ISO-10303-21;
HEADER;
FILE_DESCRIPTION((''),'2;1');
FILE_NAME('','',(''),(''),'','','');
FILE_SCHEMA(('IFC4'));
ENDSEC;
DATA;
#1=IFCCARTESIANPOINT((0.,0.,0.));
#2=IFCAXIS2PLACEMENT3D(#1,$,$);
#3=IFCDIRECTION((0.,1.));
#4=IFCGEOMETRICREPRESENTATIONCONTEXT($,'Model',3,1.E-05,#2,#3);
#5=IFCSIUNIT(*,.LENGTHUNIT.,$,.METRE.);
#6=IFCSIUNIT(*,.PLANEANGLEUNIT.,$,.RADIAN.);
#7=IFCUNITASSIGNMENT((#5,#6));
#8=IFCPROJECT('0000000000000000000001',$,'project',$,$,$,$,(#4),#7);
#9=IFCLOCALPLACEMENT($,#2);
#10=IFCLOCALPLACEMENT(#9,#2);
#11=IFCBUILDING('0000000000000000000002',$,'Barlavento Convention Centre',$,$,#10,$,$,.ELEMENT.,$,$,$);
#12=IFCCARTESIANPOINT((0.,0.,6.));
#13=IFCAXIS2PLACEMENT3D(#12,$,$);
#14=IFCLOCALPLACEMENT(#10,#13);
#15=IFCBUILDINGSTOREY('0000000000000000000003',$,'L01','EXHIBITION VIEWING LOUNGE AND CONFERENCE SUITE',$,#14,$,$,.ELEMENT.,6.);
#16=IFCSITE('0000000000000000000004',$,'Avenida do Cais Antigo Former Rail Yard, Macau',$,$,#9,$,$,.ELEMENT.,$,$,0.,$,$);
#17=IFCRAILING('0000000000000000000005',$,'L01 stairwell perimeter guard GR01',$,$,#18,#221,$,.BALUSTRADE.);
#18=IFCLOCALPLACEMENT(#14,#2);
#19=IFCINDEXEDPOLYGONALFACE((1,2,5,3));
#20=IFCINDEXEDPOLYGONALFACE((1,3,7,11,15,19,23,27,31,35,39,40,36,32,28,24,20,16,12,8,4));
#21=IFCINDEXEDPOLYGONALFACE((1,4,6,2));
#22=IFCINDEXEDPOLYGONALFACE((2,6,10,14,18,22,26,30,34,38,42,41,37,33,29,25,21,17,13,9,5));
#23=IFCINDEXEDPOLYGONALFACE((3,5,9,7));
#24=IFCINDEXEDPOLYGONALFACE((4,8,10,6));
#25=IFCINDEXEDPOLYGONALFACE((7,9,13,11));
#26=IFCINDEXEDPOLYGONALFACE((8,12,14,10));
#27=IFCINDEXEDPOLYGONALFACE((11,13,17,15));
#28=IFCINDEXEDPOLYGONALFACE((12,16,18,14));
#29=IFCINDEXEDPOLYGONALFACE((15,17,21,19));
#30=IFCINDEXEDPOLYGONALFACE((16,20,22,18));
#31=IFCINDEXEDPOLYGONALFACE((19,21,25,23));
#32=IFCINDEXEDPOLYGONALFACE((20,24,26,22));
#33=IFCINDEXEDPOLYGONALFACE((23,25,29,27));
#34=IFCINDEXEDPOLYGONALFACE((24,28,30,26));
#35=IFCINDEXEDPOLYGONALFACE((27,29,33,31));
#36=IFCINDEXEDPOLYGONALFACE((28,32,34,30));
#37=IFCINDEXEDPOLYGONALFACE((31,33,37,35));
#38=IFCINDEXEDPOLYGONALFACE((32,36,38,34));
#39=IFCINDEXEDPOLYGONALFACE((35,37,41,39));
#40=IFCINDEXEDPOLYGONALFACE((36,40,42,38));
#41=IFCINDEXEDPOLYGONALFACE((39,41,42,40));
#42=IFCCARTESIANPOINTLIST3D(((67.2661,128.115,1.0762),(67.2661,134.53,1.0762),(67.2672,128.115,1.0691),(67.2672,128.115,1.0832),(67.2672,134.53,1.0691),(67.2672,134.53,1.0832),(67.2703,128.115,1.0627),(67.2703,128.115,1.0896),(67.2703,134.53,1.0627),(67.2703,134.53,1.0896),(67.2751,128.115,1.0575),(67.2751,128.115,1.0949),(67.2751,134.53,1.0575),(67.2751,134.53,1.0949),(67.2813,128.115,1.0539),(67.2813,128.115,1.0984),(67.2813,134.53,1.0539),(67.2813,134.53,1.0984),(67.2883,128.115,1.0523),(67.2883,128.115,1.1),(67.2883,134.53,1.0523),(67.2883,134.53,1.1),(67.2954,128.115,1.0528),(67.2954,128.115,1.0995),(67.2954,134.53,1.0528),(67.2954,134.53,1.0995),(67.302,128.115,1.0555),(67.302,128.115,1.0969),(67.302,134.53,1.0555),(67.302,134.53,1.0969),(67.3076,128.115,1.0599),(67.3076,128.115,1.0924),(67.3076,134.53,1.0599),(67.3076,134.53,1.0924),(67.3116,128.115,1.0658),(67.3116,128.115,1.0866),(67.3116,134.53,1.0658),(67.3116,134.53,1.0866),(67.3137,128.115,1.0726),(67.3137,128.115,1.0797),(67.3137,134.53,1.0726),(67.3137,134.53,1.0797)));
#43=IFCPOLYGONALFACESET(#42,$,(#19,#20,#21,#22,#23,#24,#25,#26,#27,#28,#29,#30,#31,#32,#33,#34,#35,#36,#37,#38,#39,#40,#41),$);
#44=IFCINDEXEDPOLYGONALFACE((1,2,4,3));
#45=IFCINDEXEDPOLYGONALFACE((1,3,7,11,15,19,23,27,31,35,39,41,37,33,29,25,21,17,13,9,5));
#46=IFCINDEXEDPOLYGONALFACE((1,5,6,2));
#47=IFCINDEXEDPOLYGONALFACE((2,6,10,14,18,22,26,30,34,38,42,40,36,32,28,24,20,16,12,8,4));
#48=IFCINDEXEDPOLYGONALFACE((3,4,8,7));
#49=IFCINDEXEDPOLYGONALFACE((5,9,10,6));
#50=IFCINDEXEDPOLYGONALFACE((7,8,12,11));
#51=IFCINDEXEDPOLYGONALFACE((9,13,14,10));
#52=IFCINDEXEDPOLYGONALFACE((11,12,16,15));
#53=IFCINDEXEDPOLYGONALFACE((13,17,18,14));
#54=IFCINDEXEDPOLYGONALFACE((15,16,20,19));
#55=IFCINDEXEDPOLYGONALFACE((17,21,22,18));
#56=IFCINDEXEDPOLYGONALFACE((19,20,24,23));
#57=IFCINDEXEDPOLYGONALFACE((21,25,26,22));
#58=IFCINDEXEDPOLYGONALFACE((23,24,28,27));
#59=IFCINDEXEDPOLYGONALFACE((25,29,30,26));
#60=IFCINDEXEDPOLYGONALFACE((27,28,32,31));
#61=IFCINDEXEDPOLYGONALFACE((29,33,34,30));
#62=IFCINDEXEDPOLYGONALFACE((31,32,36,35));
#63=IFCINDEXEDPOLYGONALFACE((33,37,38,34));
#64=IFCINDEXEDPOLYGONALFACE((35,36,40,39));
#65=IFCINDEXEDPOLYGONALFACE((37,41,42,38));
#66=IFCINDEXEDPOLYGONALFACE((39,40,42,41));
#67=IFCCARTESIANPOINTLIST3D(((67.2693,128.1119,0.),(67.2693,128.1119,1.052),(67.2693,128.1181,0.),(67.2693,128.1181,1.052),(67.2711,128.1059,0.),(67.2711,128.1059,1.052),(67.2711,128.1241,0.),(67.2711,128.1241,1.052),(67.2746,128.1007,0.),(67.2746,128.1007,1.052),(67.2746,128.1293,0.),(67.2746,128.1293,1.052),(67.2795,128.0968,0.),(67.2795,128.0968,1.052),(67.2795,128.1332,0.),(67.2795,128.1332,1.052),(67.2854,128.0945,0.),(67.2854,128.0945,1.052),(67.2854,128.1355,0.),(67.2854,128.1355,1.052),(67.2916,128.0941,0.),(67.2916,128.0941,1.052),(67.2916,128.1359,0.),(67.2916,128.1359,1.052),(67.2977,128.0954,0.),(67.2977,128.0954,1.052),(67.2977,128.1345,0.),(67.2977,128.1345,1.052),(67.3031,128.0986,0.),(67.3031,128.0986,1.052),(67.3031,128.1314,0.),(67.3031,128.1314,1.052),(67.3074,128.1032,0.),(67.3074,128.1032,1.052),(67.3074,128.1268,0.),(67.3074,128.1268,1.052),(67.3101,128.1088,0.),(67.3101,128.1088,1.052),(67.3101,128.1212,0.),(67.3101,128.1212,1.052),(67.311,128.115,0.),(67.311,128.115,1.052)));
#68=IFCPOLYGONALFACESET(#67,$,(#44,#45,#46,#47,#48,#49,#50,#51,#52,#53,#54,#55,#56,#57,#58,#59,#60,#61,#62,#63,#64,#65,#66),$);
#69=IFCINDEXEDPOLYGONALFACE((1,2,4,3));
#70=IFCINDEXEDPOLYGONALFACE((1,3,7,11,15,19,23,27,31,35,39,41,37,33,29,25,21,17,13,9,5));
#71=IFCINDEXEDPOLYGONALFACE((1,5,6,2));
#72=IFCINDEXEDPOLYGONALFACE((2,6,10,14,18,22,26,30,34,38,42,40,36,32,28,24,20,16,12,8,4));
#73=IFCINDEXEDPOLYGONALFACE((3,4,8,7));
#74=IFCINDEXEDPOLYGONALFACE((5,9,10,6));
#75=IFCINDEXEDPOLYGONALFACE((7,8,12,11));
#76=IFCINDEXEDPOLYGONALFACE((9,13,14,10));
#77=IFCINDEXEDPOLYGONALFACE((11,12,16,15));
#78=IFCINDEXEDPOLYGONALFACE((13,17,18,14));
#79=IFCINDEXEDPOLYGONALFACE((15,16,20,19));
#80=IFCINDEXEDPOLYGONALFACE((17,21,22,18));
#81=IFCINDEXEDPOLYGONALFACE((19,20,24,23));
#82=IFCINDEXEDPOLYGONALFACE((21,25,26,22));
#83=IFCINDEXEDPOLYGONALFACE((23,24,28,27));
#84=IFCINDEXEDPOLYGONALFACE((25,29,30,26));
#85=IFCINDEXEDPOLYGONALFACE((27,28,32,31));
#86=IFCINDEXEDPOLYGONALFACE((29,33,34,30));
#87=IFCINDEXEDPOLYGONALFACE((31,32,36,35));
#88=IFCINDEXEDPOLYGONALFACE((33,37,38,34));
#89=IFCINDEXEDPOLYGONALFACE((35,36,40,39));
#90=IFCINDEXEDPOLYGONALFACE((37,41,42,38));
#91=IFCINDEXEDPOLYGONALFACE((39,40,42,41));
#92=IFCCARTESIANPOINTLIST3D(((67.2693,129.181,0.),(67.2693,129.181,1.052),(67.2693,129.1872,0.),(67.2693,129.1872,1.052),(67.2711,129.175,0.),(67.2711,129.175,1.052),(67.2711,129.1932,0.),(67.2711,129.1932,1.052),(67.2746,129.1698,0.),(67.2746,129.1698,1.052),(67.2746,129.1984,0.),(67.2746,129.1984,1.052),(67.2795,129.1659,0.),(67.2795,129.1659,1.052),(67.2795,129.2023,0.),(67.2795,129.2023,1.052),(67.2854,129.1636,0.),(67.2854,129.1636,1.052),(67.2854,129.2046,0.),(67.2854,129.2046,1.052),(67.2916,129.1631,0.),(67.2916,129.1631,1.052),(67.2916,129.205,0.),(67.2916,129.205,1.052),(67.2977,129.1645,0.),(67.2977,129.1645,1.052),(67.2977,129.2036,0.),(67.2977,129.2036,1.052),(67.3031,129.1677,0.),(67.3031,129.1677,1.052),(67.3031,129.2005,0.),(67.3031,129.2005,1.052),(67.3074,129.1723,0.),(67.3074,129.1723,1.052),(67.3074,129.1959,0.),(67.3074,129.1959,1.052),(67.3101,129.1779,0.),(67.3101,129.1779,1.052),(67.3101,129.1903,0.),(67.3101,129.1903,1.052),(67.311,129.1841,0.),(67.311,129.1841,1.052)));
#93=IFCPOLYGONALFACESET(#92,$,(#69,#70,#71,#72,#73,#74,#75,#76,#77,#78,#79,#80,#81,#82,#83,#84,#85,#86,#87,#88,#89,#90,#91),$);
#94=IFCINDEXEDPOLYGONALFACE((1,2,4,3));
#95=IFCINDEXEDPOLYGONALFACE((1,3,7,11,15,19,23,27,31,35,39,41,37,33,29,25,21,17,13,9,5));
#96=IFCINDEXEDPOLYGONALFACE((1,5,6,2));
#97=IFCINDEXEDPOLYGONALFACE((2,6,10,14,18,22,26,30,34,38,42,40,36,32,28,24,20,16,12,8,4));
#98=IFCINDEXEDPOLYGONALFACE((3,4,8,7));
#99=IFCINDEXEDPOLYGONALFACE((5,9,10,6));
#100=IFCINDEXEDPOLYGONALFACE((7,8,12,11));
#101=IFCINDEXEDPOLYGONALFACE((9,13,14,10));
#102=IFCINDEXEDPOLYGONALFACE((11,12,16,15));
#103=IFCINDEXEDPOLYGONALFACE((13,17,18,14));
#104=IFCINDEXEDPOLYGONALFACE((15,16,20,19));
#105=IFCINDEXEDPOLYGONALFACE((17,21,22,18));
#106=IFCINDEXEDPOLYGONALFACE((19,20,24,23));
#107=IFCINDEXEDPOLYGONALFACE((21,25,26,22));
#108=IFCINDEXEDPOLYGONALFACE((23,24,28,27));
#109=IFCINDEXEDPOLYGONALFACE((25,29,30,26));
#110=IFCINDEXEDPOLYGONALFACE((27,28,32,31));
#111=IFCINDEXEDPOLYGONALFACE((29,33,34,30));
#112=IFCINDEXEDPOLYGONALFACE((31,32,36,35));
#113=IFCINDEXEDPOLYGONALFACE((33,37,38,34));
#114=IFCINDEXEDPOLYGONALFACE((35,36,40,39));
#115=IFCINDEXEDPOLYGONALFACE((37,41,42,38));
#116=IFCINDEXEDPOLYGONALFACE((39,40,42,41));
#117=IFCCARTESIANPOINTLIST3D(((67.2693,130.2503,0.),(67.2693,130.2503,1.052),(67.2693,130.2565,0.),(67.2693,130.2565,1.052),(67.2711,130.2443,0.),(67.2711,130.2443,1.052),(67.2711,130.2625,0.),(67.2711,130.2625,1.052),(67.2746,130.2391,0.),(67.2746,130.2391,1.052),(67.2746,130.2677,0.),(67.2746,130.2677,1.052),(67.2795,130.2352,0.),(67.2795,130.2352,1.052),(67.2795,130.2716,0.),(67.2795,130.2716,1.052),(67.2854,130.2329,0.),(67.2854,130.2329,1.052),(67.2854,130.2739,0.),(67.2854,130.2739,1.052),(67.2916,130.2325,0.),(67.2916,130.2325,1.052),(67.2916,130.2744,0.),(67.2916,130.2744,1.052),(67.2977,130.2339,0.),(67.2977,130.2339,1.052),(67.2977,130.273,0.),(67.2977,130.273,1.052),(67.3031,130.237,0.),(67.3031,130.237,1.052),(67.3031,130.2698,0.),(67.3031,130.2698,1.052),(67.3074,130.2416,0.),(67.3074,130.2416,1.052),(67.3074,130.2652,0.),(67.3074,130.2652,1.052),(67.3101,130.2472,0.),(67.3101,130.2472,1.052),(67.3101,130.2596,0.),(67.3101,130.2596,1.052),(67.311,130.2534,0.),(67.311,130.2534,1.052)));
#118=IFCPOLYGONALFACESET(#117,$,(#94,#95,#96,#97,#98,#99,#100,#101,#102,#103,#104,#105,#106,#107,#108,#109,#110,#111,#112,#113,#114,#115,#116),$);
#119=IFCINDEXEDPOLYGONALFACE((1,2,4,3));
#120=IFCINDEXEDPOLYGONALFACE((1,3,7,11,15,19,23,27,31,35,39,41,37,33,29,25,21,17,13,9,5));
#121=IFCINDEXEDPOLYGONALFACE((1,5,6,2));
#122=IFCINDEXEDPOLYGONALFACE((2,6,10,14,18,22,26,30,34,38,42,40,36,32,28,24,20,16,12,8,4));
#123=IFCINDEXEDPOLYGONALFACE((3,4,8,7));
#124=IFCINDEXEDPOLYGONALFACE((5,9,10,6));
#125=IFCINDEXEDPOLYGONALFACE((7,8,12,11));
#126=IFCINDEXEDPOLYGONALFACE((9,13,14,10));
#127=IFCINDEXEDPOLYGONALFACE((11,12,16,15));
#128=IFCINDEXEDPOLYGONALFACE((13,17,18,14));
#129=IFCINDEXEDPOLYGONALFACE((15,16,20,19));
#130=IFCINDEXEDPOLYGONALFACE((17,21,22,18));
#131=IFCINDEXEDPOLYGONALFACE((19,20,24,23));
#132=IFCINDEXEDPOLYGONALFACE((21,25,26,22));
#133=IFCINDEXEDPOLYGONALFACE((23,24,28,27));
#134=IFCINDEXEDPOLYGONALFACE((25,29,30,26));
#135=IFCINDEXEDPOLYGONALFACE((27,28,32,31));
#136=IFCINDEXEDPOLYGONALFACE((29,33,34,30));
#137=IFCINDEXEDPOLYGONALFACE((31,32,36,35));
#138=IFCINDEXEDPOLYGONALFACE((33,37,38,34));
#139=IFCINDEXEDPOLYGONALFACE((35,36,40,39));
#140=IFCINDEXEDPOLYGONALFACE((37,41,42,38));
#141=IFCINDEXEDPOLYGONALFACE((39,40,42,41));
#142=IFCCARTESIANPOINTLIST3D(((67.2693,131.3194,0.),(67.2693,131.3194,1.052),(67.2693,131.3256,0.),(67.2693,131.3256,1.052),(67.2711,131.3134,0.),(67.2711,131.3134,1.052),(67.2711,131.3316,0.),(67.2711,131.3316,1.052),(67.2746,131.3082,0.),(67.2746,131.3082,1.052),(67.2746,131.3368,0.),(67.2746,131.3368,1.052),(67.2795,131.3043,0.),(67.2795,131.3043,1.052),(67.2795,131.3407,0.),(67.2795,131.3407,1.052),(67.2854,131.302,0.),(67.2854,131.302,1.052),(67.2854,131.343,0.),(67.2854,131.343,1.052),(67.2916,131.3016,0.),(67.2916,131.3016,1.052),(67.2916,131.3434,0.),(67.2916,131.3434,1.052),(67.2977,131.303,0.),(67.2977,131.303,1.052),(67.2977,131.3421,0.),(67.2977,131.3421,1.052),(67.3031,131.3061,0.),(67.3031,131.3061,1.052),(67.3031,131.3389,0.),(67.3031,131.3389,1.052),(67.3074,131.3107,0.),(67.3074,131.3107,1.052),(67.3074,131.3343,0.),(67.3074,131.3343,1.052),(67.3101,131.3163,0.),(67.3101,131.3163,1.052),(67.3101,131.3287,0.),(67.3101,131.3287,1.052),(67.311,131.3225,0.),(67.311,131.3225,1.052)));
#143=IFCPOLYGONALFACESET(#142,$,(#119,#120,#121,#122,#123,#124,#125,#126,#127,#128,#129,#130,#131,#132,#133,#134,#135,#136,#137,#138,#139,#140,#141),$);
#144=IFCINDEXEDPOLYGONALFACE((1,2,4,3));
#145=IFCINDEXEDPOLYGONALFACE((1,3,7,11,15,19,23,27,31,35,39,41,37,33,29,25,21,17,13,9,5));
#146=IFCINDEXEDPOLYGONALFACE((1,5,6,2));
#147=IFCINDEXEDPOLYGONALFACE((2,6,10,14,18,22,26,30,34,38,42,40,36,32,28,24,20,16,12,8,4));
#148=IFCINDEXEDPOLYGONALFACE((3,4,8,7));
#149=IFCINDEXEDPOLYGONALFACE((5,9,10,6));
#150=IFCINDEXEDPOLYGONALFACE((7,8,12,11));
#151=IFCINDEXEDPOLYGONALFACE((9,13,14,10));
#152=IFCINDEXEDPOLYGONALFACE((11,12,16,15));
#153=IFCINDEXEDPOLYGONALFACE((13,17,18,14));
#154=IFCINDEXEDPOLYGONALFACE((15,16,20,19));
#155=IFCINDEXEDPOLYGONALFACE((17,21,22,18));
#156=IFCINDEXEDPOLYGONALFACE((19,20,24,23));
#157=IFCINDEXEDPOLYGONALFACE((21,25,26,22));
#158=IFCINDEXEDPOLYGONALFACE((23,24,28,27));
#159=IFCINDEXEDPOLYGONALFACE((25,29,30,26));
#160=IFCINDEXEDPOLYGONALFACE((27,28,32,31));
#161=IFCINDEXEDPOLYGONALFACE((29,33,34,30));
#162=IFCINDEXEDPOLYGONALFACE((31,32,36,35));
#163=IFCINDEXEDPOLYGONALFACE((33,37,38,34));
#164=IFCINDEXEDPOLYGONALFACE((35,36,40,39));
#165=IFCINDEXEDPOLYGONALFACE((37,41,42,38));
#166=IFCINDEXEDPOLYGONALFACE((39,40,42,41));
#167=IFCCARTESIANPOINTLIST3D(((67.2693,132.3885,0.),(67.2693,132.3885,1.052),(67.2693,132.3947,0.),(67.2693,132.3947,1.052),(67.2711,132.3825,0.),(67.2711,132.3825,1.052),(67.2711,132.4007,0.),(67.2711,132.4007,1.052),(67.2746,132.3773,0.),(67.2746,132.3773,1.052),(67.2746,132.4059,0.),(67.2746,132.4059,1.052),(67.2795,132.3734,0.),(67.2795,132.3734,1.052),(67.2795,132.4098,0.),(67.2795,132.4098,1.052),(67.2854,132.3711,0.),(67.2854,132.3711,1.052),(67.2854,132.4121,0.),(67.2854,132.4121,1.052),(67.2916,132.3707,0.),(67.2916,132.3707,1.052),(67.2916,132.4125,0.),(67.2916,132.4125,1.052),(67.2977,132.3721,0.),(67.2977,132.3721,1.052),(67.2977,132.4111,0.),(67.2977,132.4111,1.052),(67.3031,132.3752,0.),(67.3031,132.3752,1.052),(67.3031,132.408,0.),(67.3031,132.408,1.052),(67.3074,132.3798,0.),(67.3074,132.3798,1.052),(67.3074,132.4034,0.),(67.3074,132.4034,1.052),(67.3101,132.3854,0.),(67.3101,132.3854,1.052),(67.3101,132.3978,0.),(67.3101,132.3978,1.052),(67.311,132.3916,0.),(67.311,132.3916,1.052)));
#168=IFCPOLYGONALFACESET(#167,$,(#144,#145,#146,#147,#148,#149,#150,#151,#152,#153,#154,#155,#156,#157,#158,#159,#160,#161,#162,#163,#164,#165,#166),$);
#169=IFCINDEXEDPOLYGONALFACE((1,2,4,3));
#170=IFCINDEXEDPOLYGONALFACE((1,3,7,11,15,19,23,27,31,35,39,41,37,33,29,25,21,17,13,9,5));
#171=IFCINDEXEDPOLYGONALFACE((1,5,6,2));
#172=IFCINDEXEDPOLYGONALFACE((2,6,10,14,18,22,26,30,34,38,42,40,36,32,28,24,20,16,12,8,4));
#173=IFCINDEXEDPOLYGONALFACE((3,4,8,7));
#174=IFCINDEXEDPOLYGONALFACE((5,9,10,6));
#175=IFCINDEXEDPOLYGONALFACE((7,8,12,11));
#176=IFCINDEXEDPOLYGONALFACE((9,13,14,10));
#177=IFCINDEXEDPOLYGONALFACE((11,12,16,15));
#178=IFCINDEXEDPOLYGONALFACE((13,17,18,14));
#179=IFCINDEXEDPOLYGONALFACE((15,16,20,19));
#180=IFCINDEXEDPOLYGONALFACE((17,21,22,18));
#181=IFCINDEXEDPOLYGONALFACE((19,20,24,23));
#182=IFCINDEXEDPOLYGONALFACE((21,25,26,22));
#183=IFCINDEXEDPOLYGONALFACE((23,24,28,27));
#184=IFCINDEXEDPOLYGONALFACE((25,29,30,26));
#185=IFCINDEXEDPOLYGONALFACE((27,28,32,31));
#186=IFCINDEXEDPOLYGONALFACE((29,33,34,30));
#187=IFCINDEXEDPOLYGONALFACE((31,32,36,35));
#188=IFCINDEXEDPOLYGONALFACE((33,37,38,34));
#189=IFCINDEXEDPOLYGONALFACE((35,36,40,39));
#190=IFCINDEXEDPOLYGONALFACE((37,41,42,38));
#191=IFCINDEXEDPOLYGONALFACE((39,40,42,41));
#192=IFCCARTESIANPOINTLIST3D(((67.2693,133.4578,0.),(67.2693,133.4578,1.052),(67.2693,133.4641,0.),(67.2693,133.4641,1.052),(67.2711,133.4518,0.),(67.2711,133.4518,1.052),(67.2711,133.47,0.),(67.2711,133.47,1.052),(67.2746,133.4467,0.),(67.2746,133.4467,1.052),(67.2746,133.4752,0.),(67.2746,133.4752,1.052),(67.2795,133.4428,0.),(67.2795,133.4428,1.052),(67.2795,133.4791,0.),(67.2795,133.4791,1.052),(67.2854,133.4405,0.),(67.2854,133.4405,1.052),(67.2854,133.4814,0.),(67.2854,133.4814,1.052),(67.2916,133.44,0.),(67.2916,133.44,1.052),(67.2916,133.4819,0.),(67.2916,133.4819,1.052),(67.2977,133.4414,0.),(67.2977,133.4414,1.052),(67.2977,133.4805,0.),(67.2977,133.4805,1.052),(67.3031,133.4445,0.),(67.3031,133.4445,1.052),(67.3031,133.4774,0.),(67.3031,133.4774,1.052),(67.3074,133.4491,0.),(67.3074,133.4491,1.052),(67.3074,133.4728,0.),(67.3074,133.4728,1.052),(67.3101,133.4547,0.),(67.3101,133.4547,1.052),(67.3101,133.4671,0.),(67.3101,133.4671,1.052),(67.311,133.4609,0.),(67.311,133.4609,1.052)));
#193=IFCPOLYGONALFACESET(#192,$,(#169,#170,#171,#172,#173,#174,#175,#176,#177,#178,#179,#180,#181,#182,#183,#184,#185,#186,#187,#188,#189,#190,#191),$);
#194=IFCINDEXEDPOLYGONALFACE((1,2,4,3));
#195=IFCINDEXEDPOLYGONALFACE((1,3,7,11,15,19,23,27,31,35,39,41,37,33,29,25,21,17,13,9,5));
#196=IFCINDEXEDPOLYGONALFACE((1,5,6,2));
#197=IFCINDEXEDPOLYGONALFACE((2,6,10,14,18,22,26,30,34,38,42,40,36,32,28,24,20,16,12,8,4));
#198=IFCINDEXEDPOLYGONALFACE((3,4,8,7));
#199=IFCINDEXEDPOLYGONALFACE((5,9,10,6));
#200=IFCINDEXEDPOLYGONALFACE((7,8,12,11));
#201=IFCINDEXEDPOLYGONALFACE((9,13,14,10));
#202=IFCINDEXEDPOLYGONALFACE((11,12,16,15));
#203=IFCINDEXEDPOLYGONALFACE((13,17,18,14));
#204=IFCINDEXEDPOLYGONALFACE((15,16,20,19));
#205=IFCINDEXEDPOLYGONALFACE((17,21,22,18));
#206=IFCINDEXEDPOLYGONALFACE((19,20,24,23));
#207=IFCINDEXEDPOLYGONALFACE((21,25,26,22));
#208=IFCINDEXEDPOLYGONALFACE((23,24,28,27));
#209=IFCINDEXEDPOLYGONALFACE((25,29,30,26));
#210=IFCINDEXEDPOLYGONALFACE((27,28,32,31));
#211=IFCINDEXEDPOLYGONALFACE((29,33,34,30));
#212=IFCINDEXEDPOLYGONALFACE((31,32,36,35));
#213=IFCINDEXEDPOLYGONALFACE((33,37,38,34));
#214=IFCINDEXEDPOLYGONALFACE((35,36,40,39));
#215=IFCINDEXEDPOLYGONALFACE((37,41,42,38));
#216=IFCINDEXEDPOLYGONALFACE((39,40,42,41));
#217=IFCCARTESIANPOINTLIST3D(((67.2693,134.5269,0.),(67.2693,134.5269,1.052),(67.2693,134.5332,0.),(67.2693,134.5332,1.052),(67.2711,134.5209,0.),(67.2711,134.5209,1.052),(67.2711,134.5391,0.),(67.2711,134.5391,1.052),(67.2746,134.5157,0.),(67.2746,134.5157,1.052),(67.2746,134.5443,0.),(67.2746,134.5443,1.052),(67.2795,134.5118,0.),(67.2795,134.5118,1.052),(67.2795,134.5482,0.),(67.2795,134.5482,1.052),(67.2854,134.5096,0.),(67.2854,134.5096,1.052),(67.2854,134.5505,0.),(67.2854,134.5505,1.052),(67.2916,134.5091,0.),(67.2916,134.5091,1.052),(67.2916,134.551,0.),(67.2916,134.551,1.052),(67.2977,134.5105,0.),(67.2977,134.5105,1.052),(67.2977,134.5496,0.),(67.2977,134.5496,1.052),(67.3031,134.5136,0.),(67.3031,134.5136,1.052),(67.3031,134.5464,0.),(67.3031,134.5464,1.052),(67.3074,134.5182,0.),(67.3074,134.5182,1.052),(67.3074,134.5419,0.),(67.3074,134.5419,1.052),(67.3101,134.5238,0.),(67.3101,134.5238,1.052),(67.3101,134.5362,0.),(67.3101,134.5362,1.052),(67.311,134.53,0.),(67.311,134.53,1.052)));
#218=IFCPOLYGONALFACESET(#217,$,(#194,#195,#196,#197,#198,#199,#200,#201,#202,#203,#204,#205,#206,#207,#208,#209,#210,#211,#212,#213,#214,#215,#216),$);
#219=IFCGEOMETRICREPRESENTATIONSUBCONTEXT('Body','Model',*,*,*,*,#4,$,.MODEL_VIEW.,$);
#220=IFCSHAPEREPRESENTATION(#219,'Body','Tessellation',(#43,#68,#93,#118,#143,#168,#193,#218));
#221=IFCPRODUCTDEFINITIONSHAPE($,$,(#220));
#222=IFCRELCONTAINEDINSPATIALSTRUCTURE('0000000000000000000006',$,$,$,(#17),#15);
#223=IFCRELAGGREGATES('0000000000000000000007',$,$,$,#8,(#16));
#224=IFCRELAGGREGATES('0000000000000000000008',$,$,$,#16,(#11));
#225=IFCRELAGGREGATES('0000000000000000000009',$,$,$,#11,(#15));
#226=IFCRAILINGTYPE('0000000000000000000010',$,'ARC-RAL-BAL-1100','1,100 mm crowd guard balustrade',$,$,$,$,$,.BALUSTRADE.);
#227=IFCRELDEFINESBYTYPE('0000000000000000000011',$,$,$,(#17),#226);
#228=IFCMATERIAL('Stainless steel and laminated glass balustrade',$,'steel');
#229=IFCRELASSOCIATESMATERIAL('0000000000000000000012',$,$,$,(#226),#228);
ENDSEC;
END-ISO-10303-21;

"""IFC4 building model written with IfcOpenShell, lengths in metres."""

from ifc_helpers import new_model, si_unit, direction, frame, origin, origin_2d, place, context, subcontext, project, spatial, circle, extrude, material, type_object, element, save


model = new_model("IFC4")

# Units and contexts
model_context = context("Model", 3, precision=1e-05, world=origin(), true_north=direction((0.0, 1.0)))
body_context = subcontext(model_context, "Body", "Model", "MODEL_VIEW")
ifc_project = project(units=[si_unit("LENGTHUNIT", "METRE"), si_unit("PLANEANGLEUNIT", "RADIAN")], contexts=[model_context])

# Site, building, storey
site_placement = place(None, origin())
site = spatial("IfcSite", under=ifc_project, at=site_placement, Name="Avenida do Cais Antigo Former Rail Yard, Macau", CompositionType="ELEMENT", RefElevation=0.0)
building_placement = place(site_placement, origin())
building = spatial("IfcBuilding", under=site, at=building_placement, Name="Barlavento Convention Centre", CompositionType="ELEMENT")
storey_placement = place(building_placement, frame((0.0, 0.0, 6.0)))
storey = spatial("IfcBuildingStorey", under=building, at=storey_placement, Name="L01", Description="EXHIBITION VIEWING LOUNGE AND CONFERENCE SUITE", CompositionType="ELEMENT", Elevation=6.0)

# Railing
ifc_material_1 = material(Name="Stainless steel and laminated glass balustrade", Category="steel")
railing_type = type_object("IfcRailingType", Name="ARC-RAL-BAL-1100", Description="1,100 mm crowd guard balustrade", PredefinedType="BALUSTRADE", material=ifc_material_1)
railing_1_placement = place(storey_placement, frame((67.29, 128.115, 0.0)))
element("IfcRailing", 1, at=railing_1_placement, inside=storey, type_object=railing_type, Name="L01 stairwell perimeter guard GR01", PredefinedType="BALUSTRADE", context=body_context, shape_type="SweptSolid", body=[
    extrude(circle(Radius=0.0239, at=origin_2d()), frame((0.0, 0.0, 1.0762), z_axis=(0.0, 1.0, 0.0), x_axis=(-1.0, 0.0, 0.0)), (0.0, 0.0, 1.0), 6.415),
    extrude(circle(Radius=0.021, at=origin_2d()), origin(), (0.0, 0.0, 1.0), 1.052),
    extrude(circle(Radius=0.021, at=origin_2d()), frame((0.0, 1.0691, 0.0)), (0.0, 0.0, 1.0), 1.052),
    extrude(circle(Radius=0.021, at=origin_2d()), frame((0.0, 2.1384, 0.0)), (0.0, 0.0, 1.0), 1.052),
    extrude(circle(Radius=0.021, at=origin_2d()), frame((0.0, 3.2075, 0.0)), (0.0, 0.0, 1.0), 1.052),
    extrude(circle(Radius=0.021, at=origin_2d()), frame((0.0, 4.2766, 0.0)), (0.0, 0.0, 1.0), 1.052),
    extrude(circle(Radius=0.021, at=origin_2d()), frame((0.0, 5.3459, 0.0)), (0.0, 0.0, 1.0), 1.052),
    extrude(circle(Radius=0.021, at=origin_2d()), frame((0.0, 6.415, 0.0)), (0.0, 0.0, 1.0), 1.052),
])

save(model, "model.ifc")
